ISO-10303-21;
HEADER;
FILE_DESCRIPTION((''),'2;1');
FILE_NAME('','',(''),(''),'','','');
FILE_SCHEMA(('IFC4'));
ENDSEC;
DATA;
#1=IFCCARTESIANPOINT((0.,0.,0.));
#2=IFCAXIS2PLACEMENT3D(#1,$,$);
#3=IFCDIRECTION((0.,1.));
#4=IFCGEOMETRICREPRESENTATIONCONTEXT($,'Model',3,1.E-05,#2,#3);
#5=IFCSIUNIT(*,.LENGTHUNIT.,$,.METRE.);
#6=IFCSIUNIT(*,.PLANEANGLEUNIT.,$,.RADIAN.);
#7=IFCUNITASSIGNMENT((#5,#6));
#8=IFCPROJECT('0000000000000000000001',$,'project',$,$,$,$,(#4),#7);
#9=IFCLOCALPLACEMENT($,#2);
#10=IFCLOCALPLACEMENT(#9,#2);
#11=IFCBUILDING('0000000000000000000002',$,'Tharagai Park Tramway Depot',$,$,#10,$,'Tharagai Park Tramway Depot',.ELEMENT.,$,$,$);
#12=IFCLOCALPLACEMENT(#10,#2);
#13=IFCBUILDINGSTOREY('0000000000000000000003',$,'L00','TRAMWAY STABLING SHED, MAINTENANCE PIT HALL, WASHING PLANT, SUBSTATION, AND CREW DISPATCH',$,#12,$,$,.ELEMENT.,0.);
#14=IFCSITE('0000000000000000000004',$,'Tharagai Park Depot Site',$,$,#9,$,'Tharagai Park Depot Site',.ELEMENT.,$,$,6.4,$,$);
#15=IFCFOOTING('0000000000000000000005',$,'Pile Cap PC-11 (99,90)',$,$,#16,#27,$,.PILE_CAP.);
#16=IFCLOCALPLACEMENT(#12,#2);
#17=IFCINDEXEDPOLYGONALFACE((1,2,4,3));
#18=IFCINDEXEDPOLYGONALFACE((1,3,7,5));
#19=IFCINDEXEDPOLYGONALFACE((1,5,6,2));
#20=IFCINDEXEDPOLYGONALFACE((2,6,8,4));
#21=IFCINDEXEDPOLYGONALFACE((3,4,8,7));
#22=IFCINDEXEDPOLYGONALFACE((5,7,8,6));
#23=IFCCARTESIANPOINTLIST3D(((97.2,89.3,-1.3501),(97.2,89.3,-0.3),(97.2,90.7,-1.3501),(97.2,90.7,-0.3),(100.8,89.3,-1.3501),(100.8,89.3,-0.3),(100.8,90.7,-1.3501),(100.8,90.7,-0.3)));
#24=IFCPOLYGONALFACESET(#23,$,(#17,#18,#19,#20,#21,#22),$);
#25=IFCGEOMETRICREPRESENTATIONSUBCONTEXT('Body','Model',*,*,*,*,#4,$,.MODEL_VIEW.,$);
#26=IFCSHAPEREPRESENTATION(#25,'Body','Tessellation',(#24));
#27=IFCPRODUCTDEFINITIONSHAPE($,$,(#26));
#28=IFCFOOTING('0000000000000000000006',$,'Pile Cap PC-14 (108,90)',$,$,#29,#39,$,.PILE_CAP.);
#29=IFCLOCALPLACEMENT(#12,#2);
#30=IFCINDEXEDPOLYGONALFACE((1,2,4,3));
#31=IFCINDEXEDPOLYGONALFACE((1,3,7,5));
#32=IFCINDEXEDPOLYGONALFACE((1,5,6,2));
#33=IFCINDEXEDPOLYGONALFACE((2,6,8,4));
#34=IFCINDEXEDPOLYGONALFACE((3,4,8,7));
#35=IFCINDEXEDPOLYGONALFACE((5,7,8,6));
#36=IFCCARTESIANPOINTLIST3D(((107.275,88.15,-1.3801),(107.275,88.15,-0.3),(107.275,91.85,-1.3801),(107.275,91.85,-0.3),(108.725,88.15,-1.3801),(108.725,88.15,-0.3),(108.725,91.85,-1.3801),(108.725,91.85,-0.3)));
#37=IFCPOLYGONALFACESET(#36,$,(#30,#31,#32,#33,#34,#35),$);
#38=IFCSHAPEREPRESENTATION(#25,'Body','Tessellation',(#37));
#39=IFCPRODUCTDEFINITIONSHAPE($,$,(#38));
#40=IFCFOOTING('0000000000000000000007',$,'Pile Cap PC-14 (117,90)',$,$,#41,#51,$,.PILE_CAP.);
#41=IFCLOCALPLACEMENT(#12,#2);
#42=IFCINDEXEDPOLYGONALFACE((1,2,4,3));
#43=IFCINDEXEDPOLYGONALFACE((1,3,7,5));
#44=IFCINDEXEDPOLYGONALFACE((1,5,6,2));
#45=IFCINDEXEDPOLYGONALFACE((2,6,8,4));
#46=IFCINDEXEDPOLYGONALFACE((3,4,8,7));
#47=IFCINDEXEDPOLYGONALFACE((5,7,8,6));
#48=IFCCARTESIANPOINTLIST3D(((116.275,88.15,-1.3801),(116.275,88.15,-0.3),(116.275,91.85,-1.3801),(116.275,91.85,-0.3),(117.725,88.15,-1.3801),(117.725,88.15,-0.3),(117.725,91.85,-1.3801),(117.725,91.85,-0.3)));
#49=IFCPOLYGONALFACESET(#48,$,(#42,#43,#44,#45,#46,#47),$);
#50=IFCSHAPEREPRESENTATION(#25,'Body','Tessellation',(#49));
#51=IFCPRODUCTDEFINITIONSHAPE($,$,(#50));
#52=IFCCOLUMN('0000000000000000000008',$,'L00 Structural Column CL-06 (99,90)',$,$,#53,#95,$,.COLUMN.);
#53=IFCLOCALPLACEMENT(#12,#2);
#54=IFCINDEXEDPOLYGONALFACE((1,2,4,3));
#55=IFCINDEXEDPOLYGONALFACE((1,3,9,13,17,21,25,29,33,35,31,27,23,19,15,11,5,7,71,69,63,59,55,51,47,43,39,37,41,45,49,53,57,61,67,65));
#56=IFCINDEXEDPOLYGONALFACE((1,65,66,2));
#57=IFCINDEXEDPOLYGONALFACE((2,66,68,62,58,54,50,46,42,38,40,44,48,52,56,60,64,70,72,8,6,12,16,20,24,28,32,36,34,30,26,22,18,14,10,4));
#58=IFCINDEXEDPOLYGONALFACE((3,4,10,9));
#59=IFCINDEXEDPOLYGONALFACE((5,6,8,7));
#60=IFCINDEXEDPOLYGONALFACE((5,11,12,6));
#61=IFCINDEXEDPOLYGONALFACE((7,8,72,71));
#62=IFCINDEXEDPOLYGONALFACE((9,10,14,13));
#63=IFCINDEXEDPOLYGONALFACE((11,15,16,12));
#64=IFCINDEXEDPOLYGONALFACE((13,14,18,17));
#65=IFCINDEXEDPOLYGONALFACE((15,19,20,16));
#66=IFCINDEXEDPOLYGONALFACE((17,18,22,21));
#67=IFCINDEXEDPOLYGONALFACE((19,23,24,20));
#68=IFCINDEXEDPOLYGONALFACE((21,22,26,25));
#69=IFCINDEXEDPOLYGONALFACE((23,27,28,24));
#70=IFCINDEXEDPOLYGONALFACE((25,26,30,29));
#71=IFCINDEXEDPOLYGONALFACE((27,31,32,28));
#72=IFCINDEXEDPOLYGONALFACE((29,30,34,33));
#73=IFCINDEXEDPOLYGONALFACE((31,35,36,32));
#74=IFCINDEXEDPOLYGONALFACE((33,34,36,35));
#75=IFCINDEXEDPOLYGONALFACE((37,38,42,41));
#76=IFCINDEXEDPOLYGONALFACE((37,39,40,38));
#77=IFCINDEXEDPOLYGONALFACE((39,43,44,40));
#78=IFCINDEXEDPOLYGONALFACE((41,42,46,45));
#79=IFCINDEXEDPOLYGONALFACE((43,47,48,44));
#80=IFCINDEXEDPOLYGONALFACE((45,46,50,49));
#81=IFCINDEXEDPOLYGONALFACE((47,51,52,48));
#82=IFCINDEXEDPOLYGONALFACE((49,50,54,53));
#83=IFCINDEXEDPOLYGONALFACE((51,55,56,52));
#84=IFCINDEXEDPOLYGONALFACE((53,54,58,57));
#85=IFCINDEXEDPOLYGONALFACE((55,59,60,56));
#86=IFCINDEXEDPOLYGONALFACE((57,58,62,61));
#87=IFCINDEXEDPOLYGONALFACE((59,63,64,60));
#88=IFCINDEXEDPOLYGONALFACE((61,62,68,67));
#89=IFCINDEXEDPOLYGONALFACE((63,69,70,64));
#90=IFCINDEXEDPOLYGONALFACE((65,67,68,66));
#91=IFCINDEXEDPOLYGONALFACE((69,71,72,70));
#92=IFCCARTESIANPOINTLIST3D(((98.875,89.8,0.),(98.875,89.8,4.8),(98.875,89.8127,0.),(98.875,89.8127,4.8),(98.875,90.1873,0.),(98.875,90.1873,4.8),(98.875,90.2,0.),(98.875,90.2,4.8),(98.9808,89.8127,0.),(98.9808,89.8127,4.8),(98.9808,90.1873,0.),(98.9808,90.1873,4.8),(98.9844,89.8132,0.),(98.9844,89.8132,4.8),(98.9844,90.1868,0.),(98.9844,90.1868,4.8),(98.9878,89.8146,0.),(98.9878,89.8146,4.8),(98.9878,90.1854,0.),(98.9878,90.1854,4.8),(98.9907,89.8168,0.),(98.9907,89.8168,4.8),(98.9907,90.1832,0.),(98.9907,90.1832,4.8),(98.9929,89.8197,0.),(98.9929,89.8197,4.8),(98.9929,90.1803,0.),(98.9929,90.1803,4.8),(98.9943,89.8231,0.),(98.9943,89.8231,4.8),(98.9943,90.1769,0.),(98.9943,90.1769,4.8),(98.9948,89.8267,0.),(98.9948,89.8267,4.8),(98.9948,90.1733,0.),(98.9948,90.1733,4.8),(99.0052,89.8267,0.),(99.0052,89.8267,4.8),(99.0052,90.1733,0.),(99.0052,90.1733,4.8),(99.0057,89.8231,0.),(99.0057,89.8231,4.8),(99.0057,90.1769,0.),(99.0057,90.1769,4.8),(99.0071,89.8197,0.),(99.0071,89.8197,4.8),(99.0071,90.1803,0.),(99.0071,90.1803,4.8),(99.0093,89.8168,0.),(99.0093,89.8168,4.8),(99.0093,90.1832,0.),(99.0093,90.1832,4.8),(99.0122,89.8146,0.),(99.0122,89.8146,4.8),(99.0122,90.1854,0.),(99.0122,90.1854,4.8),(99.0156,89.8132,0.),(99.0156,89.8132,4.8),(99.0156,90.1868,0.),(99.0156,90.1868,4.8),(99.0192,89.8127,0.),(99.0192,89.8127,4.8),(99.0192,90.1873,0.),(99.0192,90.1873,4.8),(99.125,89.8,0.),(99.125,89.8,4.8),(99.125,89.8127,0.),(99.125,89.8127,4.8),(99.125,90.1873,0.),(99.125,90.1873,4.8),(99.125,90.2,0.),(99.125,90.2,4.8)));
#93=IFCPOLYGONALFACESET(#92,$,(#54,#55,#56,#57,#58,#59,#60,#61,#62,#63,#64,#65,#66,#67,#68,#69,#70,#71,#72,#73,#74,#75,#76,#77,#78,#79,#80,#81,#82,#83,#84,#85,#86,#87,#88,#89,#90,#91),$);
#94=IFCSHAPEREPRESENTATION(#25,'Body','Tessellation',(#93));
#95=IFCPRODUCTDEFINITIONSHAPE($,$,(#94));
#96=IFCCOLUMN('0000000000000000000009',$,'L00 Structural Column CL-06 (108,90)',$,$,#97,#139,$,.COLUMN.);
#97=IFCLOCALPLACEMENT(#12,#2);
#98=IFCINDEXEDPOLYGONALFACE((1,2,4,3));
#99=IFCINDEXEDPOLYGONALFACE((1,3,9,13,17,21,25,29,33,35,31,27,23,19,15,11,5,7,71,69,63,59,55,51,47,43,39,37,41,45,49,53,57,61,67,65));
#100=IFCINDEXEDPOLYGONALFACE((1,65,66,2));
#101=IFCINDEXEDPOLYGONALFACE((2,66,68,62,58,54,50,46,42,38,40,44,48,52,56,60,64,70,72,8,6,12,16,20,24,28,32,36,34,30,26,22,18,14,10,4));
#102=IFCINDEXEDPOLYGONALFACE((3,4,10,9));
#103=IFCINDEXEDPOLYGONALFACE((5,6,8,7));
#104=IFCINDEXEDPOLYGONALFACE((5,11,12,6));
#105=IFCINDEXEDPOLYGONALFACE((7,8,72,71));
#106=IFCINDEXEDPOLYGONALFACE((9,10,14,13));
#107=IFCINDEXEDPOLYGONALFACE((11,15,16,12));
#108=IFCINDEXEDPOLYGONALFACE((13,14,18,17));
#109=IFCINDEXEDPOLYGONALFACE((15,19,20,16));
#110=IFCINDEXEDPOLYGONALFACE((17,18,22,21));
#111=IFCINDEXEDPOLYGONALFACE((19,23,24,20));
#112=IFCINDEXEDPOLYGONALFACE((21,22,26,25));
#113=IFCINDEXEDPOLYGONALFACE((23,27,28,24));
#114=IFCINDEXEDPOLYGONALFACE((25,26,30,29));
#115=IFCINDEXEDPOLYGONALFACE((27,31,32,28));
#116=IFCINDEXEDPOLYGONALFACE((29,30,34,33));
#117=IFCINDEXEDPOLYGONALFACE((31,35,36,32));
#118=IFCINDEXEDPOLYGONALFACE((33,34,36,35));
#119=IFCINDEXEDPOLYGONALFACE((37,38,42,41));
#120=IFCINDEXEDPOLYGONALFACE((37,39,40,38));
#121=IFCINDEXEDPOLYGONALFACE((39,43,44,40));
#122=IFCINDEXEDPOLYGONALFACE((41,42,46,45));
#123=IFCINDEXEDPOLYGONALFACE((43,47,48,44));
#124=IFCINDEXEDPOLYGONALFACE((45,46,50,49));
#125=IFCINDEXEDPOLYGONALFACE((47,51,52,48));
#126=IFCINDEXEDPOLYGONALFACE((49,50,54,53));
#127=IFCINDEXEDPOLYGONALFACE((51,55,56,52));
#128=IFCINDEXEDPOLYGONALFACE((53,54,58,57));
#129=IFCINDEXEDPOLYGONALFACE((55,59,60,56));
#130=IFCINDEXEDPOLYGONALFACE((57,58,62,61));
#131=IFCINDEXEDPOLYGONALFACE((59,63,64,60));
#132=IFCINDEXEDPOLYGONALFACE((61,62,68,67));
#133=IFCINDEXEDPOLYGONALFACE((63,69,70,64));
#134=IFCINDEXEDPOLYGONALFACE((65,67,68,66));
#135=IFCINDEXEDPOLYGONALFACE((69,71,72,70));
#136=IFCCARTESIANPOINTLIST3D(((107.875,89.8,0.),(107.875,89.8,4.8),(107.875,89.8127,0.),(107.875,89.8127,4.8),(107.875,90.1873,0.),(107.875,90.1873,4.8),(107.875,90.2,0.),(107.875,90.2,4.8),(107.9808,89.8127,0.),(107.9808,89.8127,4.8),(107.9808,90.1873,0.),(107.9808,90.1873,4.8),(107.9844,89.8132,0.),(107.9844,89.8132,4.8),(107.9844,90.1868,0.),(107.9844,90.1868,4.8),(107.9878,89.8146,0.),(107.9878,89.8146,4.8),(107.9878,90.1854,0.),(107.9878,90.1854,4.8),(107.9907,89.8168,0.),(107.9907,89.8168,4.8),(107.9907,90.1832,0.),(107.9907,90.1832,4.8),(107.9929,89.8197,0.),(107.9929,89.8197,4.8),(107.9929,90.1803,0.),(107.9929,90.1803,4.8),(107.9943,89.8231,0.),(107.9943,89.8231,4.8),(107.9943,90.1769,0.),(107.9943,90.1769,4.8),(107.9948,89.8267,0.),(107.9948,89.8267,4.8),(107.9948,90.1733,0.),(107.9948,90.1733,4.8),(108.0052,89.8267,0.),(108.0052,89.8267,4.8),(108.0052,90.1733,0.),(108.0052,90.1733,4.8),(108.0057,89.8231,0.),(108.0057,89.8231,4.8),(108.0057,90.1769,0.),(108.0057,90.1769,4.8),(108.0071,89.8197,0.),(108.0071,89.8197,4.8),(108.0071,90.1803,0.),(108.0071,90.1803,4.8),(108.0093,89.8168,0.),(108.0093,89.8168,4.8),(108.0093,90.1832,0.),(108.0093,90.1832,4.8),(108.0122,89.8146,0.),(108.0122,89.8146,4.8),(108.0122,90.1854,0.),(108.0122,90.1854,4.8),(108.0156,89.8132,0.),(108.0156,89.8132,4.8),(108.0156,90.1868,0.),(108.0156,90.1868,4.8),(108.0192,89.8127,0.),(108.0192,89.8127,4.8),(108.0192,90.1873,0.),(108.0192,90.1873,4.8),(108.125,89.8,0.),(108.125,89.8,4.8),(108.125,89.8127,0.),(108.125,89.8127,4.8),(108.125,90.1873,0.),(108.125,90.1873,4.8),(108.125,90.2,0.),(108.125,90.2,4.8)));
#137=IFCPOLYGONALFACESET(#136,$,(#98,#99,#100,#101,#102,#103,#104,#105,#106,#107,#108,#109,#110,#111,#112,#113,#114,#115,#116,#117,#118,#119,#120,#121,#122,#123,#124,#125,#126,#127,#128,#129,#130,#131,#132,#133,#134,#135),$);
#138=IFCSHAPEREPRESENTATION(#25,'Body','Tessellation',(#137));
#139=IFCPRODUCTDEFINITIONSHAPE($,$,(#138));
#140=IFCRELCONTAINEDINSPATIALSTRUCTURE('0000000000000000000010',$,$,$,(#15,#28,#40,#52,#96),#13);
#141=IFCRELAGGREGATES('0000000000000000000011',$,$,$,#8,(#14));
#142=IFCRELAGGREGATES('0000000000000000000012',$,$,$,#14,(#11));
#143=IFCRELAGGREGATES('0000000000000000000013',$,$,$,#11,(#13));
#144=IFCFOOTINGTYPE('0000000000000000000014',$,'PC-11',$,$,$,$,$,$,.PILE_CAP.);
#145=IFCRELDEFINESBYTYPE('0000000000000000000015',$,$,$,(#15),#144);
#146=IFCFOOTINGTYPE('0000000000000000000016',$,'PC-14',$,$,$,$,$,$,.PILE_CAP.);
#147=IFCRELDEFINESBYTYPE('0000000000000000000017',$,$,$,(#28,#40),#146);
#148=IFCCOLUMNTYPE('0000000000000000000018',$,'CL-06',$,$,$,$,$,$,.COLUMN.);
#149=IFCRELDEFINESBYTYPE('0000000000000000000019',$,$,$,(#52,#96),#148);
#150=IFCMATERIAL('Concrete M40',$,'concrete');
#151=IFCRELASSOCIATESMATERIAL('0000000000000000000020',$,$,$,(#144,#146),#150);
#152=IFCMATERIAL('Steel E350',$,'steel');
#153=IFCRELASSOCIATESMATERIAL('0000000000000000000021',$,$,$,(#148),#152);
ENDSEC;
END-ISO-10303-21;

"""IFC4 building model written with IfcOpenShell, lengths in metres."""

from ifc_helpers import new_model, si_unit, direction, frame, origin, origin_2d, place, context, subcontext, project, spatial, rectangle, i_section, extrude, material, material_profile, profile_set, type_object, element, save


model = new_model("IFC4")

# Units and contexts
model_context = context("Model", 3, precision=1e-05, world=origin(), true_north=direction((0.0, 1.0)))
body_context = subcontext(model_context, "Body", "Model", "MODEL_VIEW")
ifc_project = project(units=[si_unit("LENGTHUNIT", "METRE"), si_unit("PLANEANGLEUNIT", "RADIAN")], contexts=[model_context])

# Site, building, storey
site_placement = place(None, origin())
site = spatial("IfcSite", under=ifc_project, at=site_placement, Name="Tharagai Park Depot Site", LongName="Tharagai Park Depot Site", CompositionType="ELEMENT", RefElevation=6.4)
building_placement = place(site_placement, origin())
building = spatial("IfcBuilding", under=site, at=building_placement, Name="Tharagai Park Tramway Depot", LongName="Tharagai Park Tramway Depot", CompositionType="ELEMENT")
storey_placement = place(building_placement, origin())
storey = spatial("IfcBuildingStorey", under=building, at=storey_placement, Name="L00", Description="TRAMWAY STABLING SHED, MAINTENANCE PIT HALL, WASHING PLANT, SUBSTATION, AND CREW DISPATCH", CompositionType="ELEMENT", Elevation=0.0)

# Shared definitions
ifc_material_1 = material(Name="Concrete M40", Category="concrete")

# Footings
footing_type_1 = type_object("IfcFootingType", Name="PC-11", PredefinedType="PILE_CAP", material=ifc_material_1)
footing_placement = place(storey_placement, frame((99.0, 90.0, -1.3501), z_axis=(0.0, 0.0, 1.0), x_axis=(1.0, 0.0, 0.0)))
element("IfcFooting", 1, at=footing_placement, inside=storey, type_object=footing_type_1, Name="Pile Cap PC-11 (99,90)", PredefinedType="PILE_CAP", context=body_context, shape_type="SweptSolid", body=[
    extrude(rectangle(XDim=3.6001, YDim=1.3999, at=origin_2d()), origin(), (0.0, 0.0, 1.0), 1.05),
])
footing_type_2 = type_object("IfcFootingType", Name="PC-14", PredefinedType="PILE_CAP", material=ifc_material_1)
for number, where, z_axis, x_axis, name in (
    (2, (108.0, 90.0, -1.3801), (0.0, 0.0, 1.0), (1.0, 0.0, 0.0), "Pile Cap PC-14 (108,90)"),
    (3, (117.0, 90.0, -1.3801), (0.0, 0.0, 1.0), (1.0, 0.0, 0.0), "Pile Cap PC-14 (117,90)"),
):
    element("IfcFooting", number, at=place(storey_placement, frame(where, z_axis=z_axis, x_axis=x_axis)), inside=storey, type_object=footing_type_2, Name=name, PredefinedType="PILE_CAP", context=body_context, shape_type="SweptSolid", body=[
        extrude(rectangle(XDim=1.45, YDim=3.7, at=origin_2d()), origin(), (0.0, 0.0, 1.0), 1.0801),
    ])

# Columns
ifc_material_2 = material(Name="Steel E350", Category="steel")
ifc_material_profile_1 = material_profile(ifc_material_2, i_section(OverallWidth=0.25, OverallDepth=0.3999, WebThickness=0.0105, FlangeThickness=0.0127, FilletRadius=0.0139, at=origin_2d()), Name="ISHB 400")
ifc_profile_set_1 = profile_set([ifc_material_profile_1], Name="Steel E350")
column_type = type_object("IfcColumnType", Name="CL-06", PredefinedType="COLUMN", material=ifc_profile_set_1)
for number, where, z_axis, x_axis, name in (
    (4, (99.0, 90.0, 0.0), (0.0, 0.0, 1.0), (1.0, 0.0, 0.0), "L00 Structural Column CL-06 (99,90)"),
    (5, (108.0, 90.0, 0.0), (0.0, 0.0, 1.0), (1.0, 0.0, 0.0), "L00 Structural Column CL-06 (108,90)"),
):
    element("IfcColumn", number, at=place(storey_placement, frame(where, z_axis=z_axis, x_axis=x_axis)), inside=storey, type_object=column_type, Name=name, PredefinedType="COLUMN", context=body_context, shape_type="SweptSolid", body=[
        extrude(i_section(OverallWidth=0.25, OverallDepth=0.3999, WebThickness=0.0105, FlangeThickness=0.0127, FilletRadius=0.0139, at=origin_2d()), origin(), (0.0, 0.0, 1.0), 4.8),
    ])

save(model, "model.ifc")
